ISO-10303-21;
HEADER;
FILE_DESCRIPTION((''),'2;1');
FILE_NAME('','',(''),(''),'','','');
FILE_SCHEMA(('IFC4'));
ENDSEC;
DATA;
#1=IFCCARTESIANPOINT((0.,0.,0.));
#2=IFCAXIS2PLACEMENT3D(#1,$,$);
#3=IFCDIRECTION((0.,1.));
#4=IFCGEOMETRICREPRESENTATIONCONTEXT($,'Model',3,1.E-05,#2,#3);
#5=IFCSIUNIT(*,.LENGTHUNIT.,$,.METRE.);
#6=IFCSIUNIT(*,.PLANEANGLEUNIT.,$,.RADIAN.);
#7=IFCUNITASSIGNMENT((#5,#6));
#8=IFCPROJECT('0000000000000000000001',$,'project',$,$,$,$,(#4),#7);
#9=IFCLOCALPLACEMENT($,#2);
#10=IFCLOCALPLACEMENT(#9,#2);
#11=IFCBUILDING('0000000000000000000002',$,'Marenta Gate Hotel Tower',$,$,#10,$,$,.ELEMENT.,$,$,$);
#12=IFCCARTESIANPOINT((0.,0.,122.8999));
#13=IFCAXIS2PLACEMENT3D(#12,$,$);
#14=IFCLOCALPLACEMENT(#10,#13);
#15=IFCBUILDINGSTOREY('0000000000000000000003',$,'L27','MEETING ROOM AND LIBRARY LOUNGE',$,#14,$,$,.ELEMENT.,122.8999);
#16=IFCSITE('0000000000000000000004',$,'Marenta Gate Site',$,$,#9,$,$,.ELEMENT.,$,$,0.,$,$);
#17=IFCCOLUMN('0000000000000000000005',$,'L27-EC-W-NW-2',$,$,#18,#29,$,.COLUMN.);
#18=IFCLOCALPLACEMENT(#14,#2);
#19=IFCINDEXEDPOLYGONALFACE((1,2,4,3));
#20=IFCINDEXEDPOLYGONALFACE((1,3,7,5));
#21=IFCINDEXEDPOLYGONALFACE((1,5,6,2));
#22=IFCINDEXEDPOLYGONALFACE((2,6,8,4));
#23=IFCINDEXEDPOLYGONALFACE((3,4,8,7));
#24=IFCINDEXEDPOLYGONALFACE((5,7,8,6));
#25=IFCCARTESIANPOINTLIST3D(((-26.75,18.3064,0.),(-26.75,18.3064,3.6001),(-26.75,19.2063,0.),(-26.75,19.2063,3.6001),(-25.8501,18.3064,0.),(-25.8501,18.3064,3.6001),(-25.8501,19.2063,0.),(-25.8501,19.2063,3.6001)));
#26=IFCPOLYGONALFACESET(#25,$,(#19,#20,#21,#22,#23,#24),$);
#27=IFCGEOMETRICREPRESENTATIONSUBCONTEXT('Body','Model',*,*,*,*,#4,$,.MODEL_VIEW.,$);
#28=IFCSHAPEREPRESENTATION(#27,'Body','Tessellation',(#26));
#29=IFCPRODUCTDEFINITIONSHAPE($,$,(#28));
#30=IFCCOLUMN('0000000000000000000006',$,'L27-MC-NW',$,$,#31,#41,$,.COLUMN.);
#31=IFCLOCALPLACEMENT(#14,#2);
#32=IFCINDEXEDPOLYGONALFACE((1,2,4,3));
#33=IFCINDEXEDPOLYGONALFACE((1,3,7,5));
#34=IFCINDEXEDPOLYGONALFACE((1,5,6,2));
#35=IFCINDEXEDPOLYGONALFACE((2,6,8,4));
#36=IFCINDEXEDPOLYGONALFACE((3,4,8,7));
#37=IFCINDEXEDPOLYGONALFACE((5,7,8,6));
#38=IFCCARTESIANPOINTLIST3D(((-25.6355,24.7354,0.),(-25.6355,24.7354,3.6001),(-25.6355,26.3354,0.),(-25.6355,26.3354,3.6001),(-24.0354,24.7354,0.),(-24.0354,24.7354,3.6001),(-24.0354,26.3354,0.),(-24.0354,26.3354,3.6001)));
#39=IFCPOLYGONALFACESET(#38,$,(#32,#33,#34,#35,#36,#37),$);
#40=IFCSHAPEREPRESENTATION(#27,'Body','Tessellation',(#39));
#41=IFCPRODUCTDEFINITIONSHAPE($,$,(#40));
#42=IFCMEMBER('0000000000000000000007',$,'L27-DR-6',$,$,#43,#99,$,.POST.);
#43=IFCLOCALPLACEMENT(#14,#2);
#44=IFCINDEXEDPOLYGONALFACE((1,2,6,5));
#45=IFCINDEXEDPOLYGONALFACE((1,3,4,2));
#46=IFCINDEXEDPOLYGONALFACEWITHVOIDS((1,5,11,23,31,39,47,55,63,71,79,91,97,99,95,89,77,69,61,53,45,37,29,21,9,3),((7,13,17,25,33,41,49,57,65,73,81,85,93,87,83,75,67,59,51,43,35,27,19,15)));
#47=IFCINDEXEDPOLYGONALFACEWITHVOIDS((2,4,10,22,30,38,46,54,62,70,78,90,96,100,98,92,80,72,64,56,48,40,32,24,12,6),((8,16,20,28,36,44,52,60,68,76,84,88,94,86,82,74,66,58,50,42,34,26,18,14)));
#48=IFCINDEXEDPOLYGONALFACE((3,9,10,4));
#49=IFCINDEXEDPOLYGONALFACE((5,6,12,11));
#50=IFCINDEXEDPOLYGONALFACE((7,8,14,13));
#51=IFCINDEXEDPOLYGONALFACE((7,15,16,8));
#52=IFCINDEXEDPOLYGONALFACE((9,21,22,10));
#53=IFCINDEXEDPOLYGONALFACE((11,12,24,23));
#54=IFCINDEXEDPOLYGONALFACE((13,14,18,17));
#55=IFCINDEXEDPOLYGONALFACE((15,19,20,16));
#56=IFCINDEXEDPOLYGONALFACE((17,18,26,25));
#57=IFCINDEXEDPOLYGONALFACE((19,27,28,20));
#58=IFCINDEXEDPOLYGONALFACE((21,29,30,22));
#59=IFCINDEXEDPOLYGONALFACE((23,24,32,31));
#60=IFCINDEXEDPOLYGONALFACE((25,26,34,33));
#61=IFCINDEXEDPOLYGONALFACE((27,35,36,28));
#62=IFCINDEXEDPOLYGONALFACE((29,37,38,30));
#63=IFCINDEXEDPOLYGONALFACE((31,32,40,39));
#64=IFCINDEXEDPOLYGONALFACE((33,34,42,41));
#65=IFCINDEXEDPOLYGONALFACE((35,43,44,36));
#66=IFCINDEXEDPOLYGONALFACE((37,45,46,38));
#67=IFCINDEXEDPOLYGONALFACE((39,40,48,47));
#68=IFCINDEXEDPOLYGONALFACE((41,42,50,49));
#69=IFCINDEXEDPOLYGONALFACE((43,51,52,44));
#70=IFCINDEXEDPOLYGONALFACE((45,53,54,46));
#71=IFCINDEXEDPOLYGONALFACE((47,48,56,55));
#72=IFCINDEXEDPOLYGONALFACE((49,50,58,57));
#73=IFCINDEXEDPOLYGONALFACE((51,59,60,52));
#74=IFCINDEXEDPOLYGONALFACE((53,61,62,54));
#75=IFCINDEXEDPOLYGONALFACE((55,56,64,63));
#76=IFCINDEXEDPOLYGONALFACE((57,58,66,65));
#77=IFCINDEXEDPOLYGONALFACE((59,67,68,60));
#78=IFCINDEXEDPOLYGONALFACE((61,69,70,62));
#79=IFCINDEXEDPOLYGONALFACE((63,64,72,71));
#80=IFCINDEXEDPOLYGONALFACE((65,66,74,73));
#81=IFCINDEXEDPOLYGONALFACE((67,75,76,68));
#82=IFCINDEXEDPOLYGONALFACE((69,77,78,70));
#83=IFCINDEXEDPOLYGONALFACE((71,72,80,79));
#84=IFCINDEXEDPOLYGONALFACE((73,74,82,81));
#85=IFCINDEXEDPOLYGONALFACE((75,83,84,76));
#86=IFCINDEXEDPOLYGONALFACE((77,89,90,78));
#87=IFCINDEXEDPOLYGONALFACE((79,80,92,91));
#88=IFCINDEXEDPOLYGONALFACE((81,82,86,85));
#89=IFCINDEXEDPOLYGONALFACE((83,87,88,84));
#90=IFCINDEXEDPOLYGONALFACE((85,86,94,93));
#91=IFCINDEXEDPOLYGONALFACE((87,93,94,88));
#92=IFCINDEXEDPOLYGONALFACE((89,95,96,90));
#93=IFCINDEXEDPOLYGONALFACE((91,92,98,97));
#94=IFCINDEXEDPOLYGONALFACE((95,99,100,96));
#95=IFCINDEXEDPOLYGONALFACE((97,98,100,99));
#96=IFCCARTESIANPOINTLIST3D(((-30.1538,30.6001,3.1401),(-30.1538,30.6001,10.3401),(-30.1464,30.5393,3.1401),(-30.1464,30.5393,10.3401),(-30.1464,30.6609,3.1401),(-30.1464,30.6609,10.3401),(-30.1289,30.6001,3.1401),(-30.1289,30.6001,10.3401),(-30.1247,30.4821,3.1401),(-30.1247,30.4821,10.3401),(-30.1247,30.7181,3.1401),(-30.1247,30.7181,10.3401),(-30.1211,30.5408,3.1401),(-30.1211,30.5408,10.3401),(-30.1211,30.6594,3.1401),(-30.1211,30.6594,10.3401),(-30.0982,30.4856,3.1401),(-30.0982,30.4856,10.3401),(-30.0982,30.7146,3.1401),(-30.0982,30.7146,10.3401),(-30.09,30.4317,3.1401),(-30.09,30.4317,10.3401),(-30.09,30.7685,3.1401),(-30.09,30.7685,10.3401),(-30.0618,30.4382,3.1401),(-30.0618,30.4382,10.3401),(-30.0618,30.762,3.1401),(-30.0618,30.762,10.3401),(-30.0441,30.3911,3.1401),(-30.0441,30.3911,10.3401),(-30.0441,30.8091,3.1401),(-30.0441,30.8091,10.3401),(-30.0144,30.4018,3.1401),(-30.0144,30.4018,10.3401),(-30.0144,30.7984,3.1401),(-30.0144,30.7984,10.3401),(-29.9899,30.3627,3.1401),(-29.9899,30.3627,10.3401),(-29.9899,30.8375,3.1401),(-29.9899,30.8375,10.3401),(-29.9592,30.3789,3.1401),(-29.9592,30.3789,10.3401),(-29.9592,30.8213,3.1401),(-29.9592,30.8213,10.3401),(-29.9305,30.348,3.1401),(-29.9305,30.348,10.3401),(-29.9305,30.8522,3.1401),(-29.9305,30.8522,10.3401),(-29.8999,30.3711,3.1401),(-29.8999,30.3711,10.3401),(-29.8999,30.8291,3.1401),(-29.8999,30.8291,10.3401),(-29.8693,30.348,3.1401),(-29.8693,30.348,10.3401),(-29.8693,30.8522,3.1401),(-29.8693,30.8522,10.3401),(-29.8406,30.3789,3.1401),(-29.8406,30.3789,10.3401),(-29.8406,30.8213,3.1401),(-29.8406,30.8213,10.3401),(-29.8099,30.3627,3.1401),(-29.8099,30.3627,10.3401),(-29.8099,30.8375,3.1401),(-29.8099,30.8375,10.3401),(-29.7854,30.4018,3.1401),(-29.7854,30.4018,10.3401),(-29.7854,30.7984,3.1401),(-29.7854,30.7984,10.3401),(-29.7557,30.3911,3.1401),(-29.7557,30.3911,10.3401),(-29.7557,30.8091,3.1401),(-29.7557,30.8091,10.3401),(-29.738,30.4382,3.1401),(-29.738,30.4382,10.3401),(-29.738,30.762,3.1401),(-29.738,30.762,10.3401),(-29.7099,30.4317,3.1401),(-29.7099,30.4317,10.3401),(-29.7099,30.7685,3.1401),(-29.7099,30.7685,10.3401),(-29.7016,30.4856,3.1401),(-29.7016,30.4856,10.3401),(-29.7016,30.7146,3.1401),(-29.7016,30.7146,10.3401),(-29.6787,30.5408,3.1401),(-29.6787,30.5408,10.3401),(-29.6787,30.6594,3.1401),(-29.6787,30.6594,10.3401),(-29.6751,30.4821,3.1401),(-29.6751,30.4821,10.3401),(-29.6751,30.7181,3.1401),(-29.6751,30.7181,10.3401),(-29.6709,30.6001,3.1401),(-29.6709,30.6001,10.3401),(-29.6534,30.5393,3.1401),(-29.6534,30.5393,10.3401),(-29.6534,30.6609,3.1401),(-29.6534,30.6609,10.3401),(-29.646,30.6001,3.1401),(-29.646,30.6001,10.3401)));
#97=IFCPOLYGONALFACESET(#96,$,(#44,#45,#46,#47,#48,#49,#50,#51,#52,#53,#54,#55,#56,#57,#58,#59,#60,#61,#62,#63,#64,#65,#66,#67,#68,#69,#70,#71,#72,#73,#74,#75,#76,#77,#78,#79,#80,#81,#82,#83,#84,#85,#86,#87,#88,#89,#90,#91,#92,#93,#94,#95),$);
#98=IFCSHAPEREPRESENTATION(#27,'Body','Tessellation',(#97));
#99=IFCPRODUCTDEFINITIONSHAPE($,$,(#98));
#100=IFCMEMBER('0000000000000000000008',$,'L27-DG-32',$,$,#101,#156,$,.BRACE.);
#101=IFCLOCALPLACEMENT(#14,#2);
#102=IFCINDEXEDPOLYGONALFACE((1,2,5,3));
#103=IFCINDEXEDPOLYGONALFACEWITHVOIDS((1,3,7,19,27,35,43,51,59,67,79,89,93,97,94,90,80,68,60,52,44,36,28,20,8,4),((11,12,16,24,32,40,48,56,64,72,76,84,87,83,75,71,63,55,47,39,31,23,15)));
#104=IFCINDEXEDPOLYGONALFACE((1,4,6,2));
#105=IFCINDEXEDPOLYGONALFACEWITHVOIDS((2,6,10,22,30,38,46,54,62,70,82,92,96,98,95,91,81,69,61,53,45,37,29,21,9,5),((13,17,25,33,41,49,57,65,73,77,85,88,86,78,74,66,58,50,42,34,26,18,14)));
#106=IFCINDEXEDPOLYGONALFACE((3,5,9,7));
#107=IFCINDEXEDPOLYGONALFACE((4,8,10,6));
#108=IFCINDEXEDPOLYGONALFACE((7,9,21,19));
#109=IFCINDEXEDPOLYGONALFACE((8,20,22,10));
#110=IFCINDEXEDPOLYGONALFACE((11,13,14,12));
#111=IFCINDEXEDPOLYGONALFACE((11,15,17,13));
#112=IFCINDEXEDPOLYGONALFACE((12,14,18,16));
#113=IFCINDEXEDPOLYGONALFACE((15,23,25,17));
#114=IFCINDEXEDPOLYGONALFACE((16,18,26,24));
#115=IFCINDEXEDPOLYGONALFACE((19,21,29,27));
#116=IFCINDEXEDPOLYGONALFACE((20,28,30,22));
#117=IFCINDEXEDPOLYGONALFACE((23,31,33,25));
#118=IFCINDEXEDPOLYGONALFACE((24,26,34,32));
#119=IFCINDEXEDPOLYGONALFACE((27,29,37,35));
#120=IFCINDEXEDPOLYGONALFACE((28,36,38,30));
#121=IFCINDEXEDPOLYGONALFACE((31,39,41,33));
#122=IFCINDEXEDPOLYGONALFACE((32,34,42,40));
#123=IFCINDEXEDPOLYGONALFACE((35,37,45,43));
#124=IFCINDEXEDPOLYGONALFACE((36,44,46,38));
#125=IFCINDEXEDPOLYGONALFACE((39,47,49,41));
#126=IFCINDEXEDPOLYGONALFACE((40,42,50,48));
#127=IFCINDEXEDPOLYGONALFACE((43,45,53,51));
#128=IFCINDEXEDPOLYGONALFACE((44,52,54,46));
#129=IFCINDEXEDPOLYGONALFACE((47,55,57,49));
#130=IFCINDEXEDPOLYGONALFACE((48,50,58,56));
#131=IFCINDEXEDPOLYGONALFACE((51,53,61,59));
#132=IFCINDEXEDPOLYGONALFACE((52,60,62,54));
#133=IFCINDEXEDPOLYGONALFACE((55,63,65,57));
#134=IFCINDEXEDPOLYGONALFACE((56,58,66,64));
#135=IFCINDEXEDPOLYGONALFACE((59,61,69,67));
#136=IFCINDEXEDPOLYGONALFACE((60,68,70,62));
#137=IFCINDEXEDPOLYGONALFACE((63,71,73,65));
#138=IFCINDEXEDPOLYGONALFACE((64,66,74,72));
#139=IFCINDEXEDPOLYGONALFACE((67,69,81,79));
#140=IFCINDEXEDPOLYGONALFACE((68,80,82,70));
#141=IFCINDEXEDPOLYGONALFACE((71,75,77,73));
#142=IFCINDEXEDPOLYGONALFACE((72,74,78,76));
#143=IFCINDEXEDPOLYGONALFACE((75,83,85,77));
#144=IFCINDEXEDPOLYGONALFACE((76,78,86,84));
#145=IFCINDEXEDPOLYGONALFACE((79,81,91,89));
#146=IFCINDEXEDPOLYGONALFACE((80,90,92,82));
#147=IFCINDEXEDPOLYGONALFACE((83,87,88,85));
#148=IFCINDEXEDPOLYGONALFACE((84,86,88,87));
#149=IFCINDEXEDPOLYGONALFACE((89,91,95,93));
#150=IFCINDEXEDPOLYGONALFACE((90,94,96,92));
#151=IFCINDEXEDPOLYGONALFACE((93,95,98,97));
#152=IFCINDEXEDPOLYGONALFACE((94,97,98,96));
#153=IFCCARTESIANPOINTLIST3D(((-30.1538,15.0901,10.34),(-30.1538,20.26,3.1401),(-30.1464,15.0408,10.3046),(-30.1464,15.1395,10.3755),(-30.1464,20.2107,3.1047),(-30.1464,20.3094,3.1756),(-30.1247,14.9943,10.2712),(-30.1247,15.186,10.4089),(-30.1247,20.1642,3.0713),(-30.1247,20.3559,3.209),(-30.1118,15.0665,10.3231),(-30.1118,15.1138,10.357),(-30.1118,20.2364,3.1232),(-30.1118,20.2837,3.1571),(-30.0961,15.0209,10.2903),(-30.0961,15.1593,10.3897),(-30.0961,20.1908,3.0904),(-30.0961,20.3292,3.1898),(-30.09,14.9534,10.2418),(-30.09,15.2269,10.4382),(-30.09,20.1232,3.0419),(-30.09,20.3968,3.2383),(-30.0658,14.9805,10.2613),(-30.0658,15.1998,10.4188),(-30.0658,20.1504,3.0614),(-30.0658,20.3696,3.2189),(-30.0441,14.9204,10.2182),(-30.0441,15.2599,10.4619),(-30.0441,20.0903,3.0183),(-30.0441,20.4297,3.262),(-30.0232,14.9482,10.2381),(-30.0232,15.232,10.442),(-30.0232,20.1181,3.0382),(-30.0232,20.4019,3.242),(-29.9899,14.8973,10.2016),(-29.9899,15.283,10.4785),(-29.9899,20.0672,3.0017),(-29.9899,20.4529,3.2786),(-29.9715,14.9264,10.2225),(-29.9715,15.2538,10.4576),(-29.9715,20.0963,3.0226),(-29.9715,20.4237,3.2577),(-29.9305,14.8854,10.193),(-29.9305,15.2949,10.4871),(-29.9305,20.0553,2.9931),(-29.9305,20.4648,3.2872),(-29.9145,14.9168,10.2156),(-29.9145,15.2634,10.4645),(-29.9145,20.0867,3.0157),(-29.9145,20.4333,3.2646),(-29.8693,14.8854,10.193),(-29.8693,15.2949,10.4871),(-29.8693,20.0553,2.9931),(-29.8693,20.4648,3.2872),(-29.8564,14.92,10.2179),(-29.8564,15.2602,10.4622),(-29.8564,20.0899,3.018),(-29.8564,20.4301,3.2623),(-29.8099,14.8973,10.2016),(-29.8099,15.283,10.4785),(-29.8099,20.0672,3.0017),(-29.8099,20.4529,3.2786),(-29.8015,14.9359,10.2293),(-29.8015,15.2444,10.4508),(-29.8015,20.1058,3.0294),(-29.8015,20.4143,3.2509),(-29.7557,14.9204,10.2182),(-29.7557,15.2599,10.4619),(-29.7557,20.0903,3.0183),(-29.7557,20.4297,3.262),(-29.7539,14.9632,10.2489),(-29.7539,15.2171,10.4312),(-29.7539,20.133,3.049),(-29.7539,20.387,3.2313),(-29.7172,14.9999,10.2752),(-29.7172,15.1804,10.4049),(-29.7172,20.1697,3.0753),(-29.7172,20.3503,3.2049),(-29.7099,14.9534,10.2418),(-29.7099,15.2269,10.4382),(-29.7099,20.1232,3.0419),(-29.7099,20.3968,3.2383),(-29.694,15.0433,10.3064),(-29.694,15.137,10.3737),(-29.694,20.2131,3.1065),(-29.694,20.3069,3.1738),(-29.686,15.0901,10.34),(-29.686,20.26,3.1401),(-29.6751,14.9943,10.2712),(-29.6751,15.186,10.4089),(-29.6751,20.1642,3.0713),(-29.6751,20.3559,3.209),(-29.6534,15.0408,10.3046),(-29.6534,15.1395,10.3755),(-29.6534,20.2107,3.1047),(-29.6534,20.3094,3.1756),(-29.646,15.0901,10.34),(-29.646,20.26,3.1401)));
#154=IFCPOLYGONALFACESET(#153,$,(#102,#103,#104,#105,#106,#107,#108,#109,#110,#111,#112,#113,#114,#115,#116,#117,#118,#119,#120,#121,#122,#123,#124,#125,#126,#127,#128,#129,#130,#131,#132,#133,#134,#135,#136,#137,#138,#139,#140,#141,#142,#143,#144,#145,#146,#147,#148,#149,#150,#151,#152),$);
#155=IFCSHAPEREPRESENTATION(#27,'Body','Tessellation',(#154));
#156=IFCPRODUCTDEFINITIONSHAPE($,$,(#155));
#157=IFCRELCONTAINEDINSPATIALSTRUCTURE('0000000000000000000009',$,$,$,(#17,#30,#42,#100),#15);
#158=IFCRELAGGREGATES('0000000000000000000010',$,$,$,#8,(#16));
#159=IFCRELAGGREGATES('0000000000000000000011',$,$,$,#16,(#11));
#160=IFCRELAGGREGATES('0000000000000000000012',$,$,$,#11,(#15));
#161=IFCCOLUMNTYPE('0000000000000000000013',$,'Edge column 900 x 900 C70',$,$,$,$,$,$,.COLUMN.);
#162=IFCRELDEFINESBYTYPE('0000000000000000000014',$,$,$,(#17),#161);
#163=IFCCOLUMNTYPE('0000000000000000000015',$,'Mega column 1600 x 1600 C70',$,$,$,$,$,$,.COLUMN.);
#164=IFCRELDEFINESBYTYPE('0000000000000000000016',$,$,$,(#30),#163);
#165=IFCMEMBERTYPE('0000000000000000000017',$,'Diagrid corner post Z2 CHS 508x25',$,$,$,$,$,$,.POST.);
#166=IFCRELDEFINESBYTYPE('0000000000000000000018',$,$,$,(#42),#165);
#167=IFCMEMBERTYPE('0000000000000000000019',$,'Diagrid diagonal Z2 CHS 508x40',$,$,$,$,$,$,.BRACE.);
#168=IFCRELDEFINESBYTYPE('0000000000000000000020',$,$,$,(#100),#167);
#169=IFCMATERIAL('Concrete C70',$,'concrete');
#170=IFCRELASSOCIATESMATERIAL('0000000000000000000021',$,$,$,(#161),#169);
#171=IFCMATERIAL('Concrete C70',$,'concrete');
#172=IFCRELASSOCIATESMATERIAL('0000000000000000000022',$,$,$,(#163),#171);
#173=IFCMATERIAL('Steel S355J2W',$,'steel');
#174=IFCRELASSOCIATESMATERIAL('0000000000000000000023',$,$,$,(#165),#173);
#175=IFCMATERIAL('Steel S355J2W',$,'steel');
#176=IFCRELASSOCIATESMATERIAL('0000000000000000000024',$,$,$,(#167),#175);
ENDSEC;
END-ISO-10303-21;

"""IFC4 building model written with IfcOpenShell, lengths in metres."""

from ifc_helpers import new_model, si_unit, direction, frame, origin, origin_2d, place, context, subcontext, project, spatial, rectangle, hollow_circle, extrude, material, material_profile, profile_set, type_object, element, save


model = new_model("IFC4")

# Units and contexts
model_context = context("Model", 3, precision=1e-05, world=origin(), true_north=direction((0.0, 1.0)))
body_context = subcontext(model_context, "Body", "Model", "MODEL_VIEW")
ifc_project = project(units=[si_unit("LENGTHUNIT", "METRE"), si_unit("PLANEANGLEUNIT", "RADIAN")], contexts=[model_context])

# Site, building, storey
site_placement = place(None, origin())
site = spatial("IfcSite", under=ifc_project, at=site_placement, Name="Marenta Gate Site", CompositionType="ELEMENT", RefElevation=0.0)
building_placement = place(site_placement, origin())
building = spatial("IfcBuilding", under=site, at=building_placement, Name="Marenta Gate Hotel Tower", CompositionType="ELEMENT")
storey_placement = place(building_placement, frame((0.0, 0.0, 122.8999)))
storey = spatial("IfcBuildingStorey", under=building, at=storey_placement, Name="L27", Description="MEETING ROOM AND LIBRARY LOUNGE", CompositionType="ELEMENT", Elevation=122.8999)

# Columns
ifc_material_1 = material(Name="Concrete C70", Category="concrete")
ifc_material_profile_1 = material_profile(ifc_material_1, rectangle(XDim=0.8999, YDim=0.8999, at=origin_2d()), Name="900 x 900")
ifc_profile_set_1 = profile_set([ifc_material_profile_1], Name="Concrete C70")
column_type_1 = type_object("IfcColumnType", Name="Edge column 900 x 900 C70", PredefinedType="COLUMN", material=ifc_profile_set_1)
column_1_placement = place(storey_placement, frame((-26.3, 18.7563, 0.0), z_axis=(0.0, 0.0, 1.0), x_axis=(1.0, 0.0, 0.0)))
element("IfcColumn", 1, at=column_1_placement, inside=storey, type_object=column_type_1, Name="L27-EC-W-NW-2", PredefinedType="COLUMN", context=body_context, shape_type="SweptSolid", body=[
    extrude(rectangle(XDim=0.8999, YDim=0.8999, at=origin_2d()), origin(), (0.0, 0.0, 1.0), 3.6001),
])
ifc_material_2 = material(Name="Concrete C70", Category="concrete")
ifc_material_profile_2 = material_profile(ifc_material_2, rectangle(XDim=1.6001, YDim=1.6001, at=origin_2d()), Name="1600 x 1600")
ifc_profile_set_2 = profile_set([ifc_material_profile_2], Name="Concrete C70")
column_type_2 = type_object("IfcColumnType", Name="Mega column 1600 x 1600 C70", PredefinedType="COLUMN", material=ifc_profile_set_2)
column_2_placement = place(storey_placement, frame((-24.8354, 25.5354, 0.0), z_axis=(0.0, 0.0, 1.0), x_axis=(1.0, 0.0, 0.0)))
element("IfcColumn", 2, at=column_2_placement, inside=storey, type_object=column_type_2, Name="L27-MC-NW", PredefinedType="COLUMN", context=body_context, shape_type="SweptSolid", body=[
    extrude(rectangle(XDim=1.6001, YDim=1.6001, at=origin_2d()), origin(), (0.0, 0.0, 1.0), 3.6001),
])

# Members
ifc_material_3 = material(Name="Steel S355J2W", Category="steel")
ifc_material_profile_3 = material_profile(ifc_material_3, hollow_circle(Radius=0.2539, WallThickness=0.0249, at=origin_2d()), Name="CHS 508x25")
ifc_profile_set_3 = profile_set([ifc_material_profile_3], Name="Steel S355J2W")
member_type_1 = type_object("IfcMemberType", Name="Diagrid corner post Z2 CHS 508x25", PredefinedType="POST", material=ifc_profile_set_3)
member_1_placement = place(storey_placement, frame((-29.8999, 30.6001, 3.1401), z_axis=(0.0, 0.0, 1.0), x_axis=(1.0, 0.0, 0.0)))
element("IfcMember", 3, at=member_1_placement, inside=storey, type_object=member_type_1, Name="L27-DR-6", PredefinedType="POST", context=body_context, shape_type="SweptSolid", body=[
    extrude(hollow_circle(Radius=0.2539, WallThickness=0.0249, at=origin_2d()), origin(), (0.0, 0.0, 1.0), 7.2),
])
ifc_material_4 = material(Name="Steel S355J2W", Category="steel")
ifc_material_profile_4 = material_profile(ifc_material_4, hollow_circle(Radius=0.2539, WallThickness=0.04, at=origin_2d()), Name="CHS 508x40")
ifc_profile_set_4 = profile_set([ifc_material_profile_4], Name="Steel S355J2W")
member_type_2 = type_object("IfcMemberType", Name="Diagrid diagonal Z2 CHS 508x40", PredefinedType="BRACE", material=ifc_profile_set_4)
for number, where, z_axis, x_axis, name in (
    (4, (-29.8999, 20.26, 3.1401), (0.0, -0.583261, 0.812285), (1.0, 0.0, 0.0), "L27-DG-32"),
):
    element("IfcMember", number, at=place(storey_placement, frame(where, z_axis=z_axis, x_axis=x_axis)), inside=storey, type_object=member_type_2, Name=name, PredefinedType="BRACE", context=body_context, shape_type="SweptSolid", body=[
        extrude(hollow_circle(Radius=0.2539, WallThickness=0.04, at=origin_2d()), origin(), (0.0, 0.0, 1.0), 8.8638),
    ])

save(model, "model.ifc")
